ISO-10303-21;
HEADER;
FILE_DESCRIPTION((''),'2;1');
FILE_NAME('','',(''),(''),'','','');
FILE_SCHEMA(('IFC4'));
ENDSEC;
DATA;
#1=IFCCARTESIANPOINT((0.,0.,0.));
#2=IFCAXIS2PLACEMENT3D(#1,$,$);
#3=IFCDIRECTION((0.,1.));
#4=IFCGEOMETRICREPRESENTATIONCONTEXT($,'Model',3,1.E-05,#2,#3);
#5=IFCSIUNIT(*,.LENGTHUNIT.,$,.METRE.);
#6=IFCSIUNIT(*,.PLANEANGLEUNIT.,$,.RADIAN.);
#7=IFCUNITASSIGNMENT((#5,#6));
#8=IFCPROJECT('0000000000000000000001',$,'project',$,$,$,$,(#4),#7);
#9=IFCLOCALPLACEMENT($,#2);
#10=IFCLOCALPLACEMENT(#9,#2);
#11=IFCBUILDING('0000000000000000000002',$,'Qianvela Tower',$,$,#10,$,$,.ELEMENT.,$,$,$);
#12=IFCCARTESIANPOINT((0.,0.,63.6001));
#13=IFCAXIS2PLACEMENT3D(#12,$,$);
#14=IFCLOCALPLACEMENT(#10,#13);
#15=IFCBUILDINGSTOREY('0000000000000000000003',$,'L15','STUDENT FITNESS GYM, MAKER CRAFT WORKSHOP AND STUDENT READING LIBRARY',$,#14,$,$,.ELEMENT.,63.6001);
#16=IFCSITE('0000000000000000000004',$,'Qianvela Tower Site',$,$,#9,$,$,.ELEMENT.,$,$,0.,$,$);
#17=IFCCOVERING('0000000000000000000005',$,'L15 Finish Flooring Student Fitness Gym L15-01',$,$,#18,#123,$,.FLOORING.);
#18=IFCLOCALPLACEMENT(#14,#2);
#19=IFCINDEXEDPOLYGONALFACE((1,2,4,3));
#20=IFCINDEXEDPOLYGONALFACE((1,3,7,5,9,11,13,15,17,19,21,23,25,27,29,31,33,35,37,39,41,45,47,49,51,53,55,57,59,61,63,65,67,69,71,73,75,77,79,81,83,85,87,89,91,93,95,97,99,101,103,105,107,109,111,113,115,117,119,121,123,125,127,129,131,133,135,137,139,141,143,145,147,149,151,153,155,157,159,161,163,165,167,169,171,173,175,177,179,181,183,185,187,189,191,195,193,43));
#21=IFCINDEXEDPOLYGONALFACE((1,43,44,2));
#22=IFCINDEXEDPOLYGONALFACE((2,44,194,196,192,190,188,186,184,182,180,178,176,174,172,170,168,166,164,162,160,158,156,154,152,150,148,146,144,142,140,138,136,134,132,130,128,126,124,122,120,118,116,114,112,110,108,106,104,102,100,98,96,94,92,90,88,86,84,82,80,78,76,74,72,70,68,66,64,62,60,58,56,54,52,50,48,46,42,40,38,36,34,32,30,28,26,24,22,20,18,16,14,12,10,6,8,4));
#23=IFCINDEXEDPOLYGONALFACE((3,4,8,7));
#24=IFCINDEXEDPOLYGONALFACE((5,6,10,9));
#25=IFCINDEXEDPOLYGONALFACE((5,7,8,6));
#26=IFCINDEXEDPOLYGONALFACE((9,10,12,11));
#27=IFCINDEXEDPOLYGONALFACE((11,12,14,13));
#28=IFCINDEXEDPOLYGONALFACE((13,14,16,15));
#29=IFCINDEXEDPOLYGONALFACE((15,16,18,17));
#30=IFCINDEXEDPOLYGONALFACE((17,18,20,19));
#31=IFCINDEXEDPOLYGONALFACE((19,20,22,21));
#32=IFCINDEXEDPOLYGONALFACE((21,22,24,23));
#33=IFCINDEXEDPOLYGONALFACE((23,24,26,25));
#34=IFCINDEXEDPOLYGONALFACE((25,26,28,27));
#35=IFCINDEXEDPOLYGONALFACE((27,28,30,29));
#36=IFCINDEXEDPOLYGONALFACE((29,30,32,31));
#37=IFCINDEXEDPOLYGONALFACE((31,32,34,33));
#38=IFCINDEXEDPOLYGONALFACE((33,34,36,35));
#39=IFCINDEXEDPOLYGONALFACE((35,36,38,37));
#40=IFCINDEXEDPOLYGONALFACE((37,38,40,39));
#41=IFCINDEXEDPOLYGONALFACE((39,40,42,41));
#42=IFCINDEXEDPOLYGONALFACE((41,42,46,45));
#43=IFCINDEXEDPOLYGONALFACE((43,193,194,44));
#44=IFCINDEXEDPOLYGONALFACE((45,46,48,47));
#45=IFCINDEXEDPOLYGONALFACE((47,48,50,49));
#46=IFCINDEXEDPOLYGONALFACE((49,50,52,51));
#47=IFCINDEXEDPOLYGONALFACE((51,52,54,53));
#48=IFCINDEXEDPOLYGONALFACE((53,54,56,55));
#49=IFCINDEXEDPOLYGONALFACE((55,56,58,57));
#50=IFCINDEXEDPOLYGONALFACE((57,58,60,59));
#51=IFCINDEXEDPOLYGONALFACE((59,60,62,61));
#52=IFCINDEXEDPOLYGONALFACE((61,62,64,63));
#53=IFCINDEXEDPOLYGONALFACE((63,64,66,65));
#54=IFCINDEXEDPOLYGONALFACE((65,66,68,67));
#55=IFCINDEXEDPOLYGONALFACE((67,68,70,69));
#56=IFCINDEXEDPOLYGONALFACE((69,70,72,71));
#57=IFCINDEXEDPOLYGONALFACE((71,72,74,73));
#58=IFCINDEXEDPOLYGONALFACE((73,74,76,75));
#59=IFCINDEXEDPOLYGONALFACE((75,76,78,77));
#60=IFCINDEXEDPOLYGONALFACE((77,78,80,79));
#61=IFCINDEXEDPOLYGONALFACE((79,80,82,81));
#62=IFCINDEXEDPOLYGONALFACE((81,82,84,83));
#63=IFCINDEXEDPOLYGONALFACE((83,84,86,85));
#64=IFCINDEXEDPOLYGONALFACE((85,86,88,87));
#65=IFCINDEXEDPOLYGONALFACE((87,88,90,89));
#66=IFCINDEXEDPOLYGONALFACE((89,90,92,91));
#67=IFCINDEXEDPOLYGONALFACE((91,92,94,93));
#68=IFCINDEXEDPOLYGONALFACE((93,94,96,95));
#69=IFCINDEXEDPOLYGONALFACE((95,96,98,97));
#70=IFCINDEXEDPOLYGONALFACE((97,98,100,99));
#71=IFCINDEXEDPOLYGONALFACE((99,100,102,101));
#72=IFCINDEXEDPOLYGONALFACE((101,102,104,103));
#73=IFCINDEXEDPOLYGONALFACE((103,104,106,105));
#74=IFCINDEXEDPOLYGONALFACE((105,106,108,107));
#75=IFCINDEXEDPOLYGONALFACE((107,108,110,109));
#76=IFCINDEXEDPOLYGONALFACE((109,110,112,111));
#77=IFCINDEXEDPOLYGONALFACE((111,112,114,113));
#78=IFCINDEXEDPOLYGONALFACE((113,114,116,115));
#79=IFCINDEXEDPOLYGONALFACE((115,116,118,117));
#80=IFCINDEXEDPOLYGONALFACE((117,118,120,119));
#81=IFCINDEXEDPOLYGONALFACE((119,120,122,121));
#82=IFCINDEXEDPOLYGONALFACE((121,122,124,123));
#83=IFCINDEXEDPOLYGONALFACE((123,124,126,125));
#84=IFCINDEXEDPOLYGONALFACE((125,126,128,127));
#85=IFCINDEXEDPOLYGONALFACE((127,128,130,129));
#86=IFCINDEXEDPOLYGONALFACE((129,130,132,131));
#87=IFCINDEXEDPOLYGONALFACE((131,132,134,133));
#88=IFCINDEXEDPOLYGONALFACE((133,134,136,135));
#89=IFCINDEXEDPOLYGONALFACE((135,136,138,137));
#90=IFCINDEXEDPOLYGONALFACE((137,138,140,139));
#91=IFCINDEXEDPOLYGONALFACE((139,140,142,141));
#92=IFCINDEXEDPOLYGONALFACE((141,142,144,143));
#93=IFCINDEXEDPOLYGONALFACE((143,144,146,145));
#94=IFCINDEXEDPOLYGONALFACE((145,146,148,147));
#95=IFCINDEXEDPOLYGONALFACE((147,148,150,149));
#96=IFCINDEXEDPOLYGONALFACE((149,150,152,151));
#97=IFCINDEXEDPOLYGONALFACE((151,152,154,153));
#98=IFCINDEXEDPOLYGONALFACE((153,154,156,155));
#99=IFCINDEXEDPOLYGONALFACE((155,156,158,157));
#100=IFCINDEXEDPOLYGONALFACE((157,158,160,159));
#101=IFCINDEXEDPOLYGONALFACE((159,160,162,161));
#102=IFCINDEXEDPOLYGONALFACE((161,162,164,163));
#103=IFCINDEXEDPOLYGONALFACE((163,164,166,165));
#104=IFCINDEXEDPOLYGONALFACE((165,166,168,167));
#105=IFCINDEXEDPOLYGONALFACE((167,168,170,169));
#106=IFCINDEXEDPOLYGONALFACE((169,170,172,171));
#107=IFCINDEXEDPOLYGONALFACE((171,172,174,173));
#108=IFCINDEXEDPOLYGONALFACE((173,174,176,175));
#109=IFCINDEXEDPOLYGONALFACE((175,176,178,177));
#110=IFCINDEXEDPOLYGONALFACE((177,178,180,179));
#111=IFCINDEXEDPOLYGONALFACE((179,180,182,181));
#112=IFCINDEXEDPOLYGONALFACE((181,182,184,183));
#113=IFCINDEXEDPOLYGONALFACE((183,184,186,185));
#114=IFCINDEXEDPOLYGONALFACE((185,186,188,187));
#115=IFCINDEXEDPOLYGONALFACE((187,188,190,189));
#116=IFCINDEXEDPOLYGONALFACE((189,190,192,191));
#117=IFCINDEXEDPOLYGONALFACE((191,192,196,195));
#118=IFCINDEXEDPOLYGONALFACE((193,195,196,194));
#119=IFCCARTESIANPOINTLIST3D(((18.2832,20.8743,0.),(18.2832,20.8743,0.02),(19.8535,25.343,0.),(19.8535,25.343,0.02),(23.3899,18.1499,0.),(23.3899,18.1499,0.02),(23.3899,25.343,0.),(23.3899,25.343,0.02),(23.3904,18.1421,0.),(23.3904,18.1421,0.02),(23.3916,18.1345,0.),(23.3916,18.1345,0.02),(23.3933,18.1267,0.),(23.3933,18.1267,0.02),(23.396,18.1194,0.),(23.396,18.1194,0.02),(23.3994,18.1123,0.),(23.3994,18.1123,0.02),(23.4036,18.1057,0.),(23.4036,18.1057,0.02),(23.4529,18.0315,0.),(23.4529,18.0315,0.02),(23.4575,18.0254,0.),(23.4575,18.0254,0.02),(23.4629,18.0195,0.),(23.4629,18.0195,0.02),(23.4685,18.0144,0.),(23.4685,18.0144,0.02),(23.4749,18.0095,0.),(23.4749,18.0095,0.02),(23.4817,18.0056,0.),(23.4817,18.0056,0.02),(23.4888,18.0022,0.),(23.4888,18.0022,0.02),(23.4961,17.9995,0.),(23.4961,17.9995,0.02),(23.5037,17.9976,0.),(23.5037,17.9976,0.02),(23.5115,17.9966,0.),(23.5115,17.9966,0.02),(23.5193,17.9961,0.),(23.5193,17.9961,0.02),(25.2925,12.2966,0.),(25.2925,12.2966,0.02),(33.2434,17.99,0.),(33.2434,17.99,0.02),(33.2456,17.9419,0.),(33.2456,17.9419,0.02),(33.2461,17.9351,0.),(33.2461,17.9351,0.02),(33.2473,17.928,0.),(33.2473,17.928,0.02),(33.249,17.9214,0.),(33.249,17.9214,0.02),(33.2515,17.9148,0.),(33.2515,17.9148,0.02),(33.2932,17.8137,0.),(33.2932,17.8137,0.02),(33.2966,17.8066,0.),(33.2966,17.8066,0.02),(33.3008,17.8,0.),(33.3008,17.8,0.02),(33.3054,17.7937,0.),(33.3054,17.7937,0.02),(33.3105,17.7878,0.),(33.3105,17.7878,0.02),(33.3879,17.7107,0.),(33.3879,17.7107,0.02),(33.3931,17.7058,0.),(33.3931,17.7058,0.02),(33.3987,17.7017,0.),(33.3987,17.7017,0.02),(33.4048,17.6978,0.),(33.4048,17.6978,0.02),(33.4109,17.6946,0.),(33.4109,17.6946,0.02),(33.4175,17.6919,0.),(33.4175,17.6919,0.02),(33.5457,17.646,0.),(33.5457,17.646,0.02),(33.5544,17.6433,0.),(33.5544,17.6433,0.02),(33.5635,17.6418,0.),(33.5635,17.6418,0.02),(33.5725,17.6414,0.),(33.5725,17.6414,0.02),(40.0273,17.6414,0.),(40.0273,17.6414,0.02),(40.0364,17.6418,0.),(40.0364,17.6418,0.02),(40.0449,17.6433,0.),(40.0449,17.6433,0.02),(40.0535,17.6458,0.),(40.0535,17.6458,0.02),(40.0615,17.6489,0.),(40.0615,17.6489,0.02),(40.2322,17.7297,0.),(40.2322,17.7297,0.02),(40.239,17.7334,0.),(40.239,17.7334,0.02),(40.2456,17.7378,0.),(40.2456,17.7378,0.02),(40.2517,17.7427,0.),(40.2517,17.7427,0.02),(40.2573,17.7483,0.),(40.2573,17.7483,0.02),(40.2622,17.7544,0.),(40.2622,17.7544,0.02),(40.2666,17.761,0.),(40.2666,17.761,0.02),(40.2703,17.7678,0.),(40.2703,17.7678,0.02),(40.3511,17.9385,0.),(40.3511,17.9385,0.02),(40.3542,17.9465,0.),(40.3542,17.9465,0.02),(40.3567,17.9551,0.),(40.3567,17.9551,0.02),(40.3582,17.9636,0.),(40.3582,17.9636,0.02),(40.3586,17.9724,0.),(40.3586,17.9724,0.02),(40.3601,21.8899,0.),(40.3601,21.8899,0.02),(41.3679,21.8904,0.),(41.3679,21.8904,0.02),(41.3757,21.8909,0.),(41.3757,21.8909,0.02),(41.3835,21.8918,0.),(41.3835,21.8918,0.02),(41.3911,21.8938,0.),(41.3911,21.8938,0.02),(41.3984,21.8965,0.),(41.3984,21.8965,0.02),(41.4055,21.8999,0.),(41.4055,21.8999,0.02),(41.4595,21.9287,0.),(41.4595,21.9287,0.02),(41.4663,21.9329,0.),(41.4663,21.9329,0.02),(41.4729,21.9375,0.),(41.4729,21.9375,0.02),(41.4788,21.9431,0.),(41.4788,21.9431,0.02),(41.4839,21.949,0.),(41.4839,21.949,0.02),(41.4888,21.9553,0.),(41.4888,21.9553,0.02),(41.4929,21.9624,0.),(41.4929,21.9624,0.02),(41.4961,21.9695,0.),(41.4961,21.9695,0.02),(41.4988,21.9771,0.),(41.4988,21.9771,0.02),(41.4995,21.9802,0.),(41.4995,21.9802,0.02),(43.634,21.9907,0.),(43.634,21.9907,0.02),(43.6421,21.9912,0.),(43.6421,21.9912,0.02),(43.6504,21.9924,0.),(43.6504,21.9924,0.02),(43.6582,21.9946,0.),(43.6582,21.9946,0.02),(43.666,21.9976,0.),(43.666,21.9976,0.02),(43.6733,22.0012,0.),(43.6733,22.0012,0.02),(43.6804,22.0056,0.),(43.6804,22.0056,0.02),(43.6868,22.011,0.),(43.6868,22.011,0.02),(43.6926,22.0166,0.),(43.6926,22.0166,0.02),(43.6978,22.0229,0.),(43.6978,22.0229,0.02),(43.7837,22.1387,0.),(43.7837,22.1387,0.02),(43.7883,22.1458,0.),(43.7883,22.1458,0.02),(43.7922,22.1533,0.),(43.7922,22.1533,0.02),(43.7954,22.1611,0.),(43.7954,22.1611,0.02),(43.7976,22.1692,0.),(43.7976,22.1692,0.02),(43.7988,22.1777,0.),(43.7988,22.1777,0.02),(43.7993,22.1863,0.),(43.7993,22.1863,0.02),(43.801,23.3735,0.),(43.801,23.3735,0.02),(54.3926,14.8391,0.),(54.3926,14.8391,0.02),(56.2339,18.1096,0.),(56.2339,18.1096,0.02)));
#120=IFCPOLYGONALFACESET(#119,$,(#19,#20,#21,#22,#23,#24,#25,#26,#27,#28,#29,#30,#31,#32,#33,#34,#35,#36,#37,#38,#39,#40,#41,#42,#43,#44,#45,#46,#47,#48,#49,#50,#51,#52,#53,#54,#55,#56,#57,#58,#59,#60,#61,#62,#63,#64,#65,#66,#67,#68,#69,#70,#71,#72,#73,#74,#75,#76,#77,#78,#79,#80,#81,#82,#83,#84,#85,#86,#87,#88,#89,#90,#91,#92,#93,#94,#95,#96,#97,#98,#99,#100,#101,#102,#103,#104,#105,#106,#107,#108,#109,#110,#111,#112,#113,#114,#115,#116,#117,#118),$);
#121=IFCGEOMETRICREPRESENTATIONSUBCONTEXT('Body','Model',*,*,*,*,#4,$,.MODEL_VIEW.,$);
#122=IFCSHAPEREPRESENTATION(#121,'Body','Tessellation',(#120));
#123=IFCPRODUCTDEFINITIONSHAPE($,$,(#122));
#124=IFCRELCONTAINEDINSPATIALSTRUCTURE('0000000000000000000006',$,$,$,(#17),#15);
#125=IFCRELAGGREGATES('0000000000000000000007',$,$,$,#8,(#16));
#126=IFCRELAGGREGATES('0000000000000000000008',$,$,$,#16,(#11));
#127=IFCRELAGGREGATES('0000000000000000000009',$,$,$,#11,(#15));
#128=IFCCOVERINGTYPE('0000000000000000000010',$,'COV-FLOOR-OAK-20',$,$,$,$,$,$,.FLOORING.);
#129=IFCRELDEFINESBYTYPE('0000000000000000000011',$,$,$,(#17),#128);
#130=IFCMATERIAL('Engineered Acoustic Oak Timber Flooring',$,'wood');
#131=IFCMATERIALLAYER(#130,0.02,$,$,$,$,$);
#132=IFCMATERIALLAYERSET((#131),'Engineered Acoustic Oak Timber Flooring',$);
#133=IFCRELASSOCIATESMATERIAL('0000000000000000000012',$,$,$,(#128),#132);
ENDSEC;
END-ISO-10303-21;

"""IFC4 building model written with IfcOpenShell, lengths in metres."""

from ifc_helpers import new_model, si_unit, direction, frame, origin, place, context, subcontext, project, spatial, polyline, outline, extrude, material, layer, layer_set, type_object, element, save


model = new_model("IFC4")

# Units and contexts
model_context = context("Model", 3, precision=1e-05, world=origin(), true_north=direction((0.0, 1.0)))
body_context = subcontext(model_context, "Body", "Model", "MODEL_VIEW")
ifc_project = project(units=[si_unit("LENGTHUNIT", "METRE"), si_unit("PLANEANGLEUNIT", "RADIAN")], contexts=[model_context])

# Site, building, storey
site_placement = place(None, origin())
site = spatial("IfcSite", under=ifc_project, at=site_placement, Name="Qianvela Tower Site", CompositionType="ELEMENT", RefElevation=0.0)
building_placement = place(site_placement, origin())
building = spatial("IfcBuilding", under=site, at=building_placement, Name="Qianvela Tower", CompositionType="ELEMENT")
storey_placement = place(building_placement, frame((0.0, 0.0, 63.6001)))
storey = spatial("IfcBuildingStorey", under=building, at=storey_placement, Name="L15", Description="STUDENT FITNESS GYM, MAKER CRAFT WORKSHOP AND STUDENT READING LIBRARY", CompositionType="ELEMENT", Elevation=63.6001)

# Covering
ifc_material_1 = material(Name="Engineered Acoustic Oak Timber Flooring", Category="wood")
ifc_layer_1 = layer(ifc_material_1, 0.02)
ifc_layer_set_1 = layer_set([ifc_layer_1], Name="Engineered Acoustic Oak Timber Flooring")
covering_type_1 = type_object("IfcCoveringType", Name="COV-FLOOR-OAK-20", PredefinedType="FLOORING", material=ifc_layer_set_1)
covering_1_placement = place(storey_placement, origin())
element("IfcCovering", 1, at=covering_1_placement, inside=storey, type_object=covering_type_1, Name="L15 Finish Flooring Student Fitness Gym L15-01", PredefinedType="FLOORING", context=body_context, shape_type="SweptSolid", body=[
    extrude(outline(polyline([(56.2339, 18.1096), (54.3926, 14.8391), (25.2925, 12.2966), (18.2832, 20.8743), (19.8535, 25.343), (23.3899, 25.343), (23.3899, 18.1499), (23.3904, 18.1421), (23.3916, 18.1345), (23.3933, 18.1267), (23.396, 18.1194), (23.3994, 18.1123), (23.4036, 18.1057), (23.4529, 18.0315), (23.4575, 18.0254), (23.4629, 18.0195), (23.4685, 18.0144), (23.4749, 18.0095), (23.4817, 18.0056), (23.4888, 18.0022), (23.4961, 17.9995), (23.5037, 17.9976), (23.5115, 17.9966), (23.5193, 17.9961), (33.2434, 17.99), (33.2456, 17.9419), (33.2461, 17.9351), (33.2473, 17.928), (33.249, 17.9214), (33.2515, 17.9148), (33.2932, 17.8137), (33.2966, 17.8066), (33.3008, 17.8), (33.3054, 17.7937), (33.3105, 17.7878), (33.3879, 17.7107), (33.3931, 17.7058), (33.3987, 17.7017), (33.4048, 17.6978), (33.4109, 17.6946), (33.4175, 17.6919), (33.5457, 17.646), (33.5544, 17.6433), (33.5635, 17.6418), (33.5725, 17.6414), (40.0273, 17.6414), (40.0364, 17.6418), (40.0449, 17.6433), (40.0535, 17.6458), (40.0615, 17.6489), (40.2322, 17.7297), (40.239, 17.7334), (40.2456, 17.7378), (40.2517, 17.7427), (40.2573, 17.7483), (40.2622, 17.7544), (40.2666, 17.761), (40.2703, 17.7678), (40.3511, 17.9385), (40.3542, 17.9465), (40.3567, 17.9551), (40.3582, 17.9636), (40.3586, 17.9724), (40.3601, 21.8899), (41.3679, 21.8904), (41.3757, 21.8909), (41.3835, 21.8918), (41.3911, 21.8938), (41.3984, 21.8965), (41.4055, 21.8999), (41.4595, 21.9287), (41.4663, 21.9329), (41.4729, 21.9375), (41.4788, 21.9431), (41.4839, 21.949), (41.4888, 21.9553), (41.4929, 21.9624), (41.4961, 21.9695), (41.4988, 21.9771), (41.4995, 21.9802), (43.634, 21.9907), (43.6421, 21.9912), (43.6504, 21.9924), (43.6582, 21.9946), (43.666, 21.9976), (43.6733, 22.0012), (43.6804, 22.0056), (43.6868, 22.011), (43.6926, 22.0166), (43.6978, 22.0229), (43.7837, 22.1387), (43.7883, 22.1458), (43.7922, 22.1533), (43.7954, 22.1611), (43.7976, 22.1692), (43.7988, 22.1777), (43.7993, 22.1863), (43.801, 23.3735), (56.2339, 18.1096)])), origin(), (0.0, 0.0, 1.0), 0.02),
])

save(model, "model.ifc")
